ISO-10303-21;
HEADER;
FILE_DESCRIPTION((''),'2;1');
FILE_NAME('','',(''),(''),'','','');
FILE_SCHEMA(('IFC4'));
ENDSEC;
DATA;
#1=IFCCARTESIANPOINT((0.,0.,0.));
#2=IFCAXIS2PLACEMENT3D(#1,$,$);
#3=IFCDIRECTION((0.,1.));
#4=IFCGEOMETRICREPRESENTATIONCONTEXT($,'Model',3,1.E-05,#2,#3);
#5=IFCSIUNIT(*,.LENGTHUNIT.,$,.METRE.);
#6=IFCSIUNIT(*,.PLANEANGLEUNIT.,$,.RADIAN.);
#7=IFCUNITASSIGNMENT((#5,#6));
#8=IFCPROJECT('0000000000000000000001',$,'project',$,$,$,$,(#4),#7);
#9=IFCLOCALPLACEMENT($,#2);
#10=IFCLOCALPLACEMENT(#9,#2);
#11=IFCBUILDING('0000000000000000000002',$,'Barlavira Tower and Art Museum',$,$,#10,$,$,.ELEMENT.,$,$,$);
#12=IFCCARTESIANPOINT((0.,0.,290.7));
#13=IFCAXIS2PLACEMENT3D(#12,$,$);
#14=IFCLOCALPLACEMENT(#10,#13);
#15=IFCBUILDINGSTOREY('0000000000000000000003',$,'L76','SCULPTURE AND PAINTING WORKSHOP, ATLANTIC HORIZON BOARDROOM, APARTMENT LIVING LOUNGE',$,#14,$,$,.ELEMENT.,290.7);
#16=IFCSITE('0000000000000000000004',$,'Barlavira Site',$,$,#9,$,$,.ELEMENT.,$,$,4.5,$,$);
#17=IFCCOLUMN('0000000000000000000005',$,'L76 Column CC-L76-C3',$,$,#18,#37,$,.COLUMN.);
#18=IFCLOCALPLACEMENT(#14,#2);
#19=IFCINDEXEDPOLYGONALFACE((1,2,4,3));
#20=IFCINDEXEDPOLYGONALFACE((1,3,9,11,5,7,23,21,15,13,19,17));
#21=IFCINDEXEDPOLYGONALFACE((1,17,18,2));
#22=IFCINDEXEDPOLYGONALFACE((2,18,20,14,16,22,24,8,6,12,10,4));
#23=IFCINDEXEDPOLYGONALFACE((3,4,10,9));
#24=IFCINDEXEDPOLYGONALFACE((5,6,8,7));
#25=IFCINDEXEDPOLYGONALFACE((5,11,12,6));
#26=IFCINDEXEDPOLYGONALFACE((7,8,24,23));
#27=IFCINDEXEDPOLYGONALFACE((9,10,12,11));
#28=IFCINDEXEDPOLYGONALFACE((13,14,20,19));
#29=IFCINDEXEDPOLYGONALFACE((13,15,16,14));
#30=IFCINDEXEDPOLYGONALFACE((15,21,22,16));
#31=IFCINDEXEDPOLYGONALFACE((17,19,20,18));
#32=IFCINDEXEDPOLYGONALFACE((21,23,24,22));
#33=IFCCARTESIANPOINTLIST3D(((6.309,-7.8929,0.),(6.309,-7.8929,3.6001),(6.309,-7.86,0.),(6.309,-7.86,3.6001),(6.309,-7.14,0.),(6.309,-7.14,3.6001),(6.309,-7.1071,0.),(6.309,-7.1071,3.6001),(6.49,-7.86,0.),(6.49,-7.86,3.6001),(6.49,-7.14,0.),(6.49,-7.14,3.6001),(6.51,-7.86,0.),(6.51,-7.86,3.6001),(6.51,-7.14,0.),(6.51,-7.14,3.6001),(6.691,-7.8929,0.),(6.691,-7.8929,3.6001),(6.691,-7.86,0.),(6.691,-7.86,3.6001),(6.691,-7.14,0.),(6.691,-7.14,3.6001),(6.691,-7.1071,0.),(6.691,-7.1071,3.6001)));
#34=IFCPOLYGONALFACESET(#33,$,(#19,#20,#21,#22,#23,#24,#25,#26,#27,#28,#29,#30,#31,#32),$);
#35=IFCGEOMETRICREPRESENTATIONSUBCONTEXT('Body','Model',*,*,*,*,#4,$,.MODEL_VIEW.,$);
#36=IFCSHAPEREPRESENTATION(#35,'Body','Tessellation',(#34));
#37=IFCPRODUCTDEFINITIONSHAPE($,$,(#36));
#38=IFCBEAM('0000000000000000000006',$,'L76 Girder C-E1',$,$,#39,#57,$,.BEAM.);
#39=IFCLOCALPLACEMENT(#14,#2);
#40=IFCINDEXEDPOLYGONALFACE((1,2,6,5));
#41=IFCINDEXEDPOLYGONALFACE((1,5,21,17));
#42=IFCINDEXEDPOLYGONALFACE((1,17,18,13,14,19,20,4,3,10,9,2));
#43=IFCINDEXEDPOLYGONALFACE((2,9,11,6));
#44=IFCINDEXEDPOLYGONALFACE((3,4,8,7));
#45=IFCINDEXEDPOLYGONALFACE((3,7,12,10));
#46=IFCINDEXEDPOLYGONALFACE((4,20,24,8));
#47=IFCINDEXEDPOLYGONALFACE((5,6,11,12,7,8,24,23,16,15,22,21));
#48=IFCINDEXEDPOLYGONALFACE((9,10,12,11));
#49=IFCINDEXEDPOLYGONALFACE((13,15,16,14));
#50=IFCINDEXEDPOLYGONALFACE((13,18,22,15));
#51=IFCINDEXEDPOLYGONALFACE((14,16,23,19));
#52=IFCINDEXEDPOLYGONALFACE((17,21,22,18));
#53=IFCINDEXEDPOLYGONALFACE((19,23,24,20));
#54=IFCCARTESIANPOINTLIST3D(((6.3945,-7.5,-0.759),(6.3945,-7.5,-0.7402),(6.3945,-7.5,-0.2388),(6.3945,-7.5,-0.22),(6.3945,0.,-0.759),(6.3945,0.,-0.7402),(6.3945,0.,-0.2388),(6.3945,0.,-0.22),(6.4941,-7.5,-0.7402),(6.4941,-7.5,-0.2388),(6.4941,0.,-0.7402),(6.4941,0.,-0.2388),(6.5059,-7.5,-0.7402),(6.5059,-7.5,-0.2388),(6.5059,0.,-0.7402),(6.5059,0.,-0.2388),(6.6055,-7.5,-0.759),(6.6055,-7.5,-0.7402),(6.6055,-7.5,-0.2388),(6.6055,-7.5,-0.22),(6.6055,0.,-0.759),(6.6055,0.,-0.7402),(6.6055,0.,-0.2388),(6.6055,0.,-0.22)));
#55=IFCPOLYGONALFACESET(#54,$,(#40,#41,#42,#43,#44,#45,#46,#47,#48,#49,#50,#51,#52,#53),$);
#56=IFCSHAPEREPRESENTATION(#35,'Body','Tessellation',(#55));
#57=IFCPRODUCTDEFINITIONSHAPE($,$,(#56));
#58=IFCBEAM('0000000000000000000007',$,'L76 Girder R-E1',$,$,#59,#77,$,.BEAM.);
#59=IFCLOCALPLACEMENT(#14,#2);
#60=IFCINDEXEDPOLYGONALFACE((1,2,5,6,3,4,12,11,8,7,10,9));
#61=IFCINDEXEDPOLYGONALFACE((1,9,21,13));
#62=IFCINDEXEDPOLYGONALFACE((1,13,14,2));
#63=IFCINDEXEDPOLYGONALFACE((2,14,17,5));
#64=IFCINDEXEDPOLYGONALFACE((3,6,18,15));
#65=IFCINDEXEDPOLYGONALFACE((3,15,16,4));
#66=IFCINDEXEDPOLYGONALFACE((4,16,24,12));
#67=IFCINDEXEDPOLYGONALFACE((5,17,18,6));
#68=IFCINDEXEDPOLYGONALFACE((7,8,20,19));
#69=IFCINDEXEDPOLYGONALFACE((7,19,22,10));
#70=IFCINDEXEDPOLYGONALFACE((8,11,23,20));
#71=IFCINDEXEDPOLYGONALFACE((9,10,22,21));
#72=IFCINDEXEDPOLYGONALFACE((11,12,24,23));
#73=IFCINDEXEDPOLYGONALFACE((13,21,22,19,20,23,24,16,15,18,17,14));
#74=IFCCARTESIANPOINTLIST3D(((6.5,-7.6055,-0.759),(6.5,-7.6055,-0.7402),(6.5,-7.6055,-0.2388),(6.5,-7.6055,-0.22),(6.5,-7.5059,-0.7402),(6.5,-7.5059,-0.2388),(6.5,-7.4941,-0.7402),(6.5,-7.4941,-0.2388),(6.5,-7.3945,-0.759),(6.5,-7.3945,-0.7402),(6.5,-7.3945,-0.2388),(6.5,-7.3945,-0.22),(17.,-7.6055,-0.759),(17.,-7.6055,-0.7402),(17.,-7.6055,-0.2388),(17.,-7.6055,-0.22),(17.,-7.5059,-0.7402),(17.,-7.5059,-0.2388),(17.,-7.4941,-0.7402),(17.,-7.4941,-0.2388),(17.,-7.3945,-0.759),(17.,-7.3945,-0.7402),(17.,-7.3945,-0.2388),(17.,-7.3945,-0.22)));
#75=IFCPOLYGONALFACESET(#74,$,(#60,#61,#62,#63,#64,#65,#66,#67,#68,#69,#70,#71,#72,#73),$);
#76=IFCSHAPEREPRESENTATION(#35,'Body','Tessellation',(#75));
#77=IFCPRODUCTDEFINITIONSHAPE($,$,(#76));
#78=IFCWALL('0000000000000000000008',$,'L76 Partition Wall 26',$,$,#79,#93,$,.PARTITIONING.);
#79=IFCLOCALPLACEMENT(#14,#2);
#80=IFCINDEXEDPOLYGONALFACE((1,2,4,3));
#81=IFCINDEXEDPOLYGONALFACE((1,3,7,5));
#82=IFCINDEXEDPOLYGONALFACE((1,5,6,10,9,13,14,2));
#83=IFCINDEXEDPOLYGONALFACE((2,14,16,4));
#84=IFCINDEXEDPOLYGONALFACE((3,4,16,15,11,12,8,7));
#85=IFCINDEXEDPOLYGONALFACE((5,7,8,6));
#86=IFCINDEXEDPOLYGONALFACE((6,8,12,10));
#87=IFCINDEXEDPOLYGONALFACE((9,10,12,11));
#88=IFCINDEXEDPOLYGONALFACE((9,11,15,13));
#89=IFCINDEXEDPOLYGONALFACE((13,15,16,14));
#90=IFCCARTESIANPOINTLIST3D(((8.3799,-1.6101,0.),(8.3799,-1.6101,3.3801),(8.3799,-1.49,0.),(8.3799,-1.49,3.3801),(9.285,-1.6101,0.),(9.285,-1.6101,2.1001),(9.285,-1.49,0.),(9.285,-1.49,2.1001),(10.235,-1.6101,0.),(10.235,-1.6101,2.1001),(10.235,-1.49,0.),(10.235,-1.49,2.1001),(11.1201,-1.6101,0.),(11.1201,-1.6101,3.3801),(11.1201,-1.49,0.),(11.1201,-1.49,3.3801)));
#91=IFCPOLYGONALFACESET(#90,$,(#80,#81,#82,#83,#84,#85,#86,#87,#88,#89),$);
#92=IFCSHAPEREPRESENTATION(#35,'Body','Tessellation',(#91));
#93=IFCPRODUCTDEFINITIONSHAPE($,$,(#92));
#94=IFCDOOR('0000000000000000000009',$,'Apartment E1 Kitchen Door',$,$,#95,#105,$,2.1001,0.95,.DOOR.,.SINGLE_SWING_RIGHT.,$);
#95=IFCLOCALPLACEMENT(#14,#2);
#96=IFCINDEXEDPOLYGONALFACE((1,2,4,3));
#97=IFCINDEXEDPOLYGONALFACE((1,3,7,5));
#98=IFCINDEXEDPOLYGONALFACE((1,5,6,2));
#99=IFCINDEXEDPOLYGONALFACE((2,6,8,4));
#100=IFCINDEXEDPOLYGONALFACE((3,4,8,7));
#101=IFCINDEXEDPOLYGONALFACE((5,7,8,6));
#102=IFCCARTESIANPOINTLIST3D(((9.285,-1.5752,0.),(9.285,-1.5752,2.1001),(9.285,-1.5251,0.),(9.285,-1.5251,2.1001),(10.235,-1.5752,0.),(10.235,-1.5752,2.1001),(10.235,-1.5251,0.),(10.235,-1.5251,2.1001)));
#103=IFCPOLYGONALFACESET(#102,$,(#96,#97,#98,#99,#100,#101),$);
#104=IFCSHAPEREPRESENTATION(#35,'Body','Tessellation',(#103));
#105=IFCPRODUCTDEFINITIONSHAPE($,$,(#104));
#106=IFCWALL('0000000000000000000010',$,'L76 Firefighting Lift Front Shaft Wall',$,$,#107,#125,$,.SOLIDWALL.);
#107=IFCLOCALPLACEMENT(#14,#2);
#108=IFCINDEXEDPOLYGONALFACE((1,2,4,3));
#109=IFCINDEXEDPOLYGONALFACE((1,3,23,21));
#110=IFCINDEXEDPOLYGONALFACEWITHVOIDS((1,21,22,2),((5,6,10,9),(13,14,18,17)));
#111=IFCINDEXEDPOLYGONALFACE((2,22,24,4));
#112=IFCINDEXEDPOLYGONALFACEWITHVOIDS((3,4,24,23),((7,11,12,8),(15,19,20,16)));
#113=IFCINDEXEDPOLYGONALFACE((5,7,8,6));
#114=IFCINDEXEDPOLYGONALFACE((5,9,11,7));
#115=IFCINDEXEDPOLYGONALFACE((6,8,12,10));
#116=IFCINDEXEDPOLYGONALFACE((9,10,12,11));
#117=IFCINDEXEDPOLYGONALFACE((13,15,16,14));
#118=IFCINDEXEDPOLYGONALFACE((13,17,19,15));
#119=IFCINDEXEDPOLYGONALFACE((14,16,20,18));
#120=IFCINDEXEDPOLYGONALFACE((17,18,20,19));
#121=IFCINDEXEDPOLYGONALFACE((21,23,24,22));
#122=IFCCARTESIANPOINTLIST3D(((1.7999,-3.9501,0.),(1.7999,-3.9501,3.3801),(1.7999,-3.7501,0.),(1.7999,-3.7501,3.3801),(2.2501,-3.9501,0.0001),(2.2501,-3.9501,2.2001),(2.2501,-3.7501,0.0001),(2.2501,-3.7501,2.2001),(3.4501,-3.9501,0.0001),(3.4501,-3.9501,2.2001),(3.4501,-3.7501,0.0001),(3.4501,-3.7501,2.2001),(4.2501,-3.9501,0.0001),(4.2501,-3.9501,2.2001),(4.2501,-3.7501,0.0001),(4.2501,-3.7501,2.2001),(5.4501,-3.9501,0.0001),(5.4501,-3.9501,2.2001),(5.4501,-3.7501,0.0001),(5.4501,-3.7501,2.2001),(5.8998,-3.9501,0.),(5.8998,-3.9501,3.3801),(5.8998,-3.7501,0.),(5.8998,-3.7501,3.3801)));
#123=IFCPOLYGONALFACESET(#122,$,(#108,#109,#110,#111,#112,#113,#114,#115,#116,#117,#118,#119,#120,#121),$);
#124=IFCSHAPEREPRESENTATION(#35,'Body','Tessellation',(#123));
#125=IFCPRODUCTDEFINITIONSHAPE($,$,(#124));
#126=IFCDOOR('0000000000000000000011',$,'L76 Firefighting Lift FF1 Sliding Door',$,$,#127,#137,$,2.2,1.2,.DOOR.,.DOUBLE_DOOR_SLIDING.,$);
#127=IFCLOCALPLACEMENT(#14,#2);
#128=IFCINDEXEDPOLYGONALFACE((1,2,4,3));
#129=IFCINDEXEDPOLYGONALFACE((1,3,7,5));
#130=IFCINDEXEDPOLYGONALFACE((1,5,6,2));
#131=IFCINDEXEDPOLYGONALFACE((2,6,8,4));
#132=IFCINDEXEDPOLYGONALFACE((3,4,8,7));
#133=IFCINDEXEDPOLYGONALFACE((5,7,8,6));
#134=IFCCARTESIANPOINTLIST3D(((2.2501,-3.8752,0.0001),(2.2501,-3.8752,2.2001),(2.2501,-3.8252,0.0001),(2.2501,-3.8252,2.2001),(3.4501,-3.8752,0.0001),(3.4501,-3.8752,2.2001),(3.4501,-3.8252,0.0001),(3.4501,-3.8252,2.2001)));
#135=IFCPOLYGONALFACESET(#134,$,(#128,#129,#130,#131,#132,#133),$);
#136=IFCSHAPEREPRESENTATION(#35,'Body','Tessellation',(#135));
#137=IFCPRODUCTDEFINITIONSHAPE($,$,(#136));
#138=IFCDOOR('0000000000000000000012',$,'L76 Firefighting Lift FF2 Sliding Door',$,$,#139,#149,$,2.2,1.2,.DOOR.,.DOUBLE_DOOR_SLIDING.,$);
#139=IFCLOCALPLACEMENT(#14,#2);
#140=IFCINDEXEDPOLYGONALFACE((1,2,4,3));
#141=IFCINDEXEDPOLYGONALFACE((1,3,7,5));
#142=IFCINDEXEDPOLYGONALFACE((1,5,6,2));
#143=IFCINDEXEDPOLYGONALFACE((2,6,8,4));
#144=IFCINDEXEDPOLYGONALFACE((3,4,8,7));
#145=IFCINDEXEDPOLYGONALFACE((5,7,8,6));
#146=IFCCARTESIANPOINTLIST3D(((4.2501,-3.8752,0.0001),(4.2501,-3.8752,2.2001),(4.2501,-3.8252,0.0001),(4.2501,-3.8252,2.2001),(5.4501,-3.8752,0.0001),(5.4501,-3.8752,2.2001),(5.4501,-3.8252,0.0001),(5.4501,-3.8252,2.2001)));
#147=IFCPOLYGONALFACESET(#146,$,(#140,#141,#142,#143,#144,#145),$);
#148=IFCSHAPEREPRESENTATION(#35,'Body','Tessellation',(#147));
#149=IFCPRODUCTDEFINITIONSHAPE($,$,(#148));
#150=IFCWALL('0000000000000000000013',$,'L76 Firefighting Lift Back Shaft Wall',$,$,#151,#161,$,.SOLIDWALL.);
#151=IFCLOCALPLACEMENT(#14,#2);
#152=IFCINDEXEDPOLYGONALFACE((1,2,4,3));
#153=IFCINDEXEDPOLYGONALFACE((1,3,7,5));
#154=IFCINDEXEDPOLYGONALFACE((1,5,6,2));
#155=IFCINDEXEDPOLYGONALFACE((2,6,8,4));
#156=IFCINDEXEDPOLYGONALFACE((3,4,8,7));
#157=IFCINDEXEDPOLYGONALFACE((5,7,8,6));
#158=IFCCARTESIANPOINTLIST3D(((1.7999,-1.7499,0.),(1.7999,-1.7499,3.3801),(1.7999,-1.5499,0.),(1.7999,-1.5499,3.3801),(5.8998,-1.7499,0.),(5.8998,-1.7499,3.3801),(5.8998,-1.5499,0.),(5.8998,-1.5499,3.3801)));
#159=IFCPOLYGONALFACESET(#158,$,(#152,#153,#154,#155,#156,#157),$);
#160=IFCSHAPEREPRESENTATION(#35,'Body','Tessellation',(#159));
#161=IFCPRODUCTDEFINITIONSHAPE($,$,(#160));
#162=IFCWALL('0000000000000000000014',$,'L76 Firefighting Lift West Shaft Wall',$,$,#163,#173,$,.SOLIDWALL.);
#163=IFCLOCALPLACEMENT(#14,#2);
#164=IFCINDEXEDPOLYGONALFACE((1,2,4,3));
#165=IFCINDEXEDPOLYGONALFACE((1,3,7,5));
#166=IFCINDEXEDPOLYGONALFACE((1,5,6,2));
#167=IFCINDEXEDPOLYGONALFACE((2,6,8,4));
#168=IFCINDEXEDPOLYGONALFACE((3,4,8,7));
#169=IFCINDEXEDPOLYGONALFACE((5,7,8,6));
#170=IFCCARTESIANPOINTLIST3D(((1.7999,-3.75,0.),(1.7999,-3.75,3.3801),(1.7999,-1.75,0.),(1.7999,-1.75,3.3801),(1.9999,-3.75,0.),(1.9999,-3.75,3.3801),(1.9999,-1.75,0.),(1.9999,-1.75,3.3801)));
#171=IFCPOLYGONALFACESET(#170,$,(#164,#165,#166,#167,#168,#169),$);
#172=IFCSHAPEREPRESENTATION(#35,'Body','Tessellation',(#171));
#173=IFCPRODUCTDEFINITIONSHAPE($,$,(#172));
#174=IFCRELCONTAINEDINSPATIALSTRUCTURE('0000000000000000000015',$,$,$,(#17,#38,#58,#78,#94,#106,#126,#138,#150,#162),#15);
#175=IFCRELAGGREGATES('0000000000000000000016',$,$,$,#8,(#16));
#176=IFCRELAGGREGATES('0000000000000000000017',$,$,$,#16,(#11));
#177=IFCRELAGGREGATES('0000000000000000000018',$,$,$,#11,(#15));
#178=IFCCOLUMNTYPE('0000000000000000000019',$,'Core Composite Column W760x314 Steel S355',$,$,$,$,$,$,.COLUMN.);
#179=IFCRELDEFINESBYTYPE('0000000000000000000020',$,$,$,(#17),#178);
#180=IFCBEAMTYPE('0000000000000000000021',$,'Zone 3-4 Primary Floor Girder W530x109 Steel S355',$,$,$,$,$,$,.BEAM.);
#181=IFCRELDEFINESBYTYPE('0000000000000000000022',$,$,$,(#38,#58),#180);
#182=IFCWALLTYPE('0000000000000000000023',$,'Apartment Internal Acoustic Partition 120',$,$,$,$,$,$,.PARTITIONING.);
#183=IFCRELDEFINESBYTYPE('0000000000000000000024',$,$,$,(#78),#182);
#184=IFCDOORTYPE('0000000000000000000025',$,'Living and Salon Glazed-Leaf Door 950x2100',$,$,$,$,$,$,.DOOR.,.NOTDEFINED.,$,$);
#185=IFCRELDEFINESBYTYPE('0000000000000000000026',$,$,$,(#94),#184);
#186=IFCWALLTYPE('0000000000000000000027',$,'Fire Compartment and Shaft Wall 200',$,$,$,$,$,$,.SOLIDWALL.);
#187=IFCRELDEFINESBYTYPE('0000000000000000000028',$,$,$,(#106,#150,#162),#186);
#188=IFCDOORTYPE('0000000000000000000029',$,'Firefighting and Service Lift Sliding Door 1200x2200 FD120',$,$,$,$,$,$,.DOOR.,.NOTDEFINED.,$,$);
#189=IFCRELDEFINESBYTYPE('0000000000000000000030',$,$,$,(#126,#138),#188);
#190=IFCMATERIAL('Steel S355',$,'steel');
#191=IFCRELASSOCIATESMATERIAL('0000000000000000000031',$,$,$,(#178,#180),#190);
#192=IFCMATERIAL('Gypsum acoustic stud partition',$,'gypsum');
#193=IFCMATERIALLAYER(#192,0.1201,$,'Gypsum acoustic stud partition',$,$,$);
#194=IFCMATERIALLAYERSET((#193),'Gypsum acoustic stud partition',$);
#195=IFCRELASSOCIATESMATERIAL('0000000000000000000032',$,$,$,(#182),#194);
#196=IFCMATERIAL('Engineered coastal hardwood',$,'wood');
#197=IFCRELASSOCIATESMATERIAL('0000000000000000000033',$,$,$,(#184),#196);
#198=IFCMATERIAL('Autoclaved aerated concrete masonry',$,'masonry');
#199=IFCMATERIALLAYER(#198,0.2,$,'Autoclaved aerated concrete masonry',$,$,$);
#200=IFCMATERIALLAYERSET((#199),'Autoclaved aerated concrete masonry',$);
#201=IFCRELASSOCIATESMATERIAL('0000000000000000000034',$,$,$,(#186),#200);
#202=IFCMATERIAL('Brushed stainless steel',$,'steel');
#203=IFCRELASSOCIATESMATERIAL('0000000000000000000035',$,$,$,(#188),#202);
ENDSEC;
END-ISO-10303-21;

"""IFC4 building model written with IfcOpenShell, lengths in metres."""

from ifc_helpers import new_model, si_unit, direction, frame, frame_2d, origin, origin_2d, place, context, subcontext, project, spatial, rectangle, i_section, extrude, material, layer, layer_set, material_profile, profile_set, type_object, element, fill, save


model = new_model("IFC4")

# Units and contexts
model_context = context("Model", 3, precision=1e-05, world=origin(), true_north=direction((0.0, 1.0)))
body_context = subcontext(model_context, "Body", "Model", "MODEL_VIEW")
ifc_project = project(units=[si_unit("LENGTHUNIT", "METRE"), si_unit("PLANEANGLEUNIT", "RADIAN")], contexts=[model_context])

# Site, building, storey
site_placement = place(None, origin())
site = spatial("IfcSite", under=ifc_project, at=site_placement, Name="Barlavira Site", CompositionType="ELEMENT", RefElevation=4.5)
building_placement = place(site_placement, origin())
building = spatial("IfcBuilding", under=site, at=building_placement, Name="Barlavira Tower and Art Museum", CompositionType="ELEMENT")
storey_placement = place(building_placement, frame((0.0, 0.0, 290.7)))
storey = spatial("IfcBuildingStorey", under=building, at=storey_placement, Name="L76", Description="SCULPTURE AND PAINTING WORKSHOP, ATLANTIC HORIZON BOARDROOM, APARTMENT LIVING LOUNGE", CompositionType="ELEMENT", Elevation=290.7)

# Column
ifc_material_1 = material(Name="Steel S355", Category="steel")
ifc_material_profile_1 = material_profile(ifc_material_1, i_section(OverallWidth=0.3821, OverallDepth=0.7859, WebThickness=0.02, FlangeThickness=0.033, at=origin_2d()), Name="W760x314.0")
ifc_profile_set_1 = profile_set([ifc_material_profile_1], Name="Steel S355")
column_type = type_object("IfcColumnType", Name="Core Composite Column W760x314 Steel S355", PredefinedType="COLUMN", material=ifc_profile_set_1)
column_placement = place(storey_placement, frame((6.5, -7.5, 0.0), z_axis=(0.0, 0.0, 1.0), x_axis=(1.0, 0.0, 0.0)))
element("IfcColumn", 1, at=column_placement, inside=storey, type_object=column_type, Name="L76 Column CC-L76-C3", PredefinedType="COLUMN", context=body_context, shape_type="SweptSolid", body=[
    extrude(i_section(OverallWidth=0.3821, OverallDepth=0.7859, WebThickness=0.02, FlangeThickness=0.033, at=origin_2d()), origin(), (0.0, 0.0, 1.0), 3.6001),
])

# Beams
ifc_material_profile_2 = material_profile(ifc_material_1, i_section(OverallWidth=0.2109, OverallDepth=0.5391, WebThickness=0.0117, FlangeThickness=0.0188, at=origin_2d()), Name="W530x109.0")
ifc_profile_set_2 = profile_set([ifc_material_profile_2], Name="Steel S355")
beam_type = type_object("IfcBeamType", Name="Zone 3-4 Primary Floor Girder W530x109 Steel S355", PredefinedType="BEAM", material=ifc_profile_set_2)
beam_1_placement = place(storey_placement, frame((6.5, -7.5, -0.4895), z_axis=(0.0, 1.0, 0.0), x_axis=(-1.0, 0.0, 0.0)))
element("IfcBeam", 2, at=beam_1_placement, inside=storey, type_object=beam_type, Name="L76 Girder C-E1", PredefinedType="BEAM", context=body_context, shape_type="SweptSolid", body=[
    extrude(i_section(OverallWidth=0.2109, OverallDepth=0.5391, WebThickness=0.0117, FlangeThickness=0.0188, at=origin_2d()), origin(), (0.0, 0.0, 1.0), 7.5),
])
beam_2_placement = place(storey_placement, frame((6.5, -7.5, -0.4895), z_axis=(1.0, 0.0, 0.0), x_axis=(0.0, 1.0, 0.0)))
element("IfcBeam", 3, at=beam_2_placement, inside=storey, type_object=beam_type, Name="L76 Girder R-E1", PredefinedType="BEAM", context=body_context, shape_type="SweptSolid", body=[
    extrude(i_section(OverallWidth=0.2109, OverallDepth=0.5391, WebThickness=0.0117, FlangeThickness=0.0188, at=origin_2d()), origin(), (0.0, 0.0, 1.0), 10.5),
])

# Wall, opening, door
ifc_material_2 = material(Name="Gypsum acoustic stud partition", Category="gypsum")
ifc_layer_1 = layer(ifc_material_2, 0.1201, Name="Gypsum acoustic stud partition")
ifc_layer_set_1 = layer_set([ifc_layer_1], Name="Gypsum acoustic stud partition")
wall_type_1 = type_object("IfcWallType", Name="Apartment Internal Acoustic Partition 120", PredefinedType="PARTITIONING", material=ifc_layer_set_1)
wall_1_placement = place(storey_placement, frame((8.3799, -1.55, 0.0), z_axis=(0.0, 0.0, 1.0), x_axis=(1.0, 0.0, 0.0)))
wall_1 = element("IfcWall", 4, at=wall_1_placement, inside=storey, type_object=wall_type_1, Name="L76 Partition Wall 26", PredefinedType="PARTITIONING", context=body_context, shape_type="SweptSolid", body=[
    extrude(rectangle(XDim=2.7402, YDim=0.1201, at=frame_2d((1.3701, 0.0))), origin(), (0.0, 0.0, 1.0), 3.3801),
])
opening_1_placement = place(wall_1_placement, frame((0.905, 0.0, 0.0)))
opening_1 = element("IfcOpeningElement", 5, at=opening_1_placement, cuts=wall_1, PredefinedType="OPENING", context=body_context, shape_type="SweptSolid", body=[
    extrude(rectangle(XDim=0.95, YDim=2.1001, at=frame_2d((0.4751, 1.05))), frame((0.0, 0.0701, 0.0), z_axis=(0.0, -1.0, 0.0), x_axis=(1.0, 0.0, 0.0)), (0.0, 0.0, 1.0), 0.1401),
])
ifc_material_3 = material(Name="Engineered coastal hardwood", Category="wood")
door_type_1 = type_object("IfcDoorType", Name="Living and Salon Glazed-Leaf Door 950x2100", OperationType="NOTDEFINED", PredefinedType="DOOR", material=ifc_material_3)
door_1_placement = place(opening_1_placement, origin())
door_1 = element("IfcDoor", 6, at=door_1_placement, inside=storey, type_object=door_type_1, Name="Apartment E1 Kitchen Door", OperationType="SINGLE_SWING_RIGHT", OverallHeight=2.1001, OverallWidth=0.95, PredefinedType="DOOR", context=body_context, shape_type="SweptSolid", body=[
    extrude(rectangle(XDim=0.95, YDim=2.1001, at=frame_2d((0.4751, 1.05))), frame((0.0, 0.0249, 0.0), z_axis=(0.0, -1.0, 0.0), x_axis=(1.0, 0.0, 0.0)), (0.0, 0.0, 1.0), 0.05),
])
fill(opening_1, door_1)
ifc_material_4 = material(Name="Brushed stainless steel", Category="steel")

# Wall, openings, doors
ifc_material_5 = material(Name="Autoclaved aerated concrete masonry", Category="masonry")
ifc_layer_2 = layer(ifc_material_5, 0.2, Name="Autoclaved aerated concrete masonry")
ifc_layer_set_2 = layer_set([ifc_layer_2], Name="Autoclaved aerated concrete masonry")
wall_type_2 = type_object("IfcWallType", Name="Fire Compartment and Shaft Wall 200", PredefinedType="SOLIDWALL", material=ifc_layer_set_2)
wall_2_placement = place(storey_placement, frame((1.8, -3.8501, 0.0), z_axis=(0.0, 0.0, 1.0), x_axis=(1.0, 0.0, 0.0)))
wall_2 = element("IfcWall", 7, at=wall_2_placement, inside=storey, type_object=wall_type_2, Name="L76 Firefighting Lift Front Shaft Wall", PredefinedType="SOLIDWALL", context=body_context, shape_type="SweptSolid", body=[
    extrude(rectangle(XDim=4.0999, YDim=0.2, at=frame_2d((2.0498, 0.0))), origin(), (0.0, 0.0, 1.0), 3.3801),
])
opening_2_placement = place(wall_2_placement, frame((0.45, 0.0, 0.0)))
opening_2 = element("IfcOpeningElement", 8, at=opening_2_placement, cuts=wall_2, PredefinedType="OPENING", context=body_context, shape_type="SweptSolid", body=[
    extrude(rectangle(XDim=1.2, YDim=2.2, at=frame_2d((0.6001, 1.1001))), frame((0.0, 0.1099, 0.0), z_axis=(0.0, -1.0, 0.0), x_axis=(1.0, 0.0, 0.0)), (0.0, 0.0, 1.0), 0.22),
])
opening_3_placement = place(wall_2_placement, frame((2.45, 0.0, 0.0)))
opening_3 = element("IfcOpeningElement", 9, at=opening_3_placement, cuts=wall_2, PredefinedType="OPENING", context=body_context, shape_type="SweptSolid", body=[
    extrude(rectangle(XDim=1.2, YDim=2.2, at=frame_2d((0.6001, 1.1001))), frame((0.0, 0.1099, 0.0), z_axis=(0.0, -1.0, 0.0), x_axis=(1.0, 0.0, 0.0)), (0.0, 0.0, 1.0), 0.22),
])
door_type_2 = type_object("IfcDoorType", Name="Firefighting and Service Lift Sliding Door 1200x2200 FD120", OperationType="NOTDEFINED", PredefinedType="DOOR", material=ifc_material_4)
door_2_placement = place(opening_2_placement, origin())
door_2 = element("IfcDoor", 10, at=door_2_placement, inside=storey, type_object=door_type_2, Name="L76 Firefighting Lift FF1 Sliding Door", OperationType="DOUBLE_DOOR_SLIDING", OverallHeight=2.2, OverallWidth=1.2, PredefinedType="DOOR", context=body_context, shape_type="SweptSolid", body=[
    extrude(rectangle(XDim=1.2, YDim=2.2, at=frame_2d((0.6001, 1.1001))), frame((0.0, 0.0249, 0.0), z_axis=(0.0, -1.0, 0.0), x_axis=(1.0, 0.0, 0.0)), (0.0, 0.0, 1.0), 0.05),
])
fill(opening_2, door_2)
door_3_placement = place(opening_3_placement, origin())
door_3 = element("IfcDoor", 11, at=door_3_placement, inside=storey, type_object=door_type_2, Name="L76 Firefighting Lift FF2 Sliding Door", OperationType="DOUBLE_DOOR_SLIDING", OverallHeight=2.2, OverallWidth=1.2, PredefinedType="DOOR", context=body_context, shape_type="SweptSolid", body=[
    extrude(rectangle(XDim=1.2, YDim=2.2, at=frame_2d((0.6001, 1.1001))), frame((0.0, 0.0249, 0.0), z_axis=(0.0, -1.0, 0.0), x_axis=(1.0, 0.0, 0.0)), (0.0, 0.0, 1.0), 0.05),
])
fill(opening_3, door_3)

# Walls
wall_3_placement = place(storey_placement, frame((1.8, -1.6499, 0.0), z_axis=(0.0, 0.0, 1.0), x_axis=(1.0, 0.0, 0.0)))
element("IfcWall", 12, at=wall_3_placement, inside=storey, type_object=wall_type_2, Name="L76 Firefighting Lift Back Shaft Wall", PredefinedType="SOLIDWALL", context=body_context, shape_type="SweptSolid", body=[
    extrude(rectangle(XDim=4.0999, YDim=0.2, at=frame_2d((2.0498, 0.0))), origin(), (0.0, 0.0, 1.0), 3.3801),
])
for number, where, z_axis, x_axis, name in (
    (13, (1.8999, -3.75, 0.0), (0.0, 0.0, 1.0), (0.0, 1.0, 0.0), "L76 Firefighting Lift West Shaft Wall"),
):
    element("IfcWall", number, at=place(storey_placement, frame(where, z_axis=z_axis, x_axis=x_axis)), inside=storey, type_object=wall_type_2, Name=name, PredefinedType="SOLIDWALL", context=body_context, shape_type="SweptSolid", body=[
        extrude(rectangle(XDim=2.0, YDim=0.2, at=frame_2d((1.0, 0.0))), origin(), (0.0, 0.0, 1.0), 3.3801),
    ])

save(model, "model.ifc")
